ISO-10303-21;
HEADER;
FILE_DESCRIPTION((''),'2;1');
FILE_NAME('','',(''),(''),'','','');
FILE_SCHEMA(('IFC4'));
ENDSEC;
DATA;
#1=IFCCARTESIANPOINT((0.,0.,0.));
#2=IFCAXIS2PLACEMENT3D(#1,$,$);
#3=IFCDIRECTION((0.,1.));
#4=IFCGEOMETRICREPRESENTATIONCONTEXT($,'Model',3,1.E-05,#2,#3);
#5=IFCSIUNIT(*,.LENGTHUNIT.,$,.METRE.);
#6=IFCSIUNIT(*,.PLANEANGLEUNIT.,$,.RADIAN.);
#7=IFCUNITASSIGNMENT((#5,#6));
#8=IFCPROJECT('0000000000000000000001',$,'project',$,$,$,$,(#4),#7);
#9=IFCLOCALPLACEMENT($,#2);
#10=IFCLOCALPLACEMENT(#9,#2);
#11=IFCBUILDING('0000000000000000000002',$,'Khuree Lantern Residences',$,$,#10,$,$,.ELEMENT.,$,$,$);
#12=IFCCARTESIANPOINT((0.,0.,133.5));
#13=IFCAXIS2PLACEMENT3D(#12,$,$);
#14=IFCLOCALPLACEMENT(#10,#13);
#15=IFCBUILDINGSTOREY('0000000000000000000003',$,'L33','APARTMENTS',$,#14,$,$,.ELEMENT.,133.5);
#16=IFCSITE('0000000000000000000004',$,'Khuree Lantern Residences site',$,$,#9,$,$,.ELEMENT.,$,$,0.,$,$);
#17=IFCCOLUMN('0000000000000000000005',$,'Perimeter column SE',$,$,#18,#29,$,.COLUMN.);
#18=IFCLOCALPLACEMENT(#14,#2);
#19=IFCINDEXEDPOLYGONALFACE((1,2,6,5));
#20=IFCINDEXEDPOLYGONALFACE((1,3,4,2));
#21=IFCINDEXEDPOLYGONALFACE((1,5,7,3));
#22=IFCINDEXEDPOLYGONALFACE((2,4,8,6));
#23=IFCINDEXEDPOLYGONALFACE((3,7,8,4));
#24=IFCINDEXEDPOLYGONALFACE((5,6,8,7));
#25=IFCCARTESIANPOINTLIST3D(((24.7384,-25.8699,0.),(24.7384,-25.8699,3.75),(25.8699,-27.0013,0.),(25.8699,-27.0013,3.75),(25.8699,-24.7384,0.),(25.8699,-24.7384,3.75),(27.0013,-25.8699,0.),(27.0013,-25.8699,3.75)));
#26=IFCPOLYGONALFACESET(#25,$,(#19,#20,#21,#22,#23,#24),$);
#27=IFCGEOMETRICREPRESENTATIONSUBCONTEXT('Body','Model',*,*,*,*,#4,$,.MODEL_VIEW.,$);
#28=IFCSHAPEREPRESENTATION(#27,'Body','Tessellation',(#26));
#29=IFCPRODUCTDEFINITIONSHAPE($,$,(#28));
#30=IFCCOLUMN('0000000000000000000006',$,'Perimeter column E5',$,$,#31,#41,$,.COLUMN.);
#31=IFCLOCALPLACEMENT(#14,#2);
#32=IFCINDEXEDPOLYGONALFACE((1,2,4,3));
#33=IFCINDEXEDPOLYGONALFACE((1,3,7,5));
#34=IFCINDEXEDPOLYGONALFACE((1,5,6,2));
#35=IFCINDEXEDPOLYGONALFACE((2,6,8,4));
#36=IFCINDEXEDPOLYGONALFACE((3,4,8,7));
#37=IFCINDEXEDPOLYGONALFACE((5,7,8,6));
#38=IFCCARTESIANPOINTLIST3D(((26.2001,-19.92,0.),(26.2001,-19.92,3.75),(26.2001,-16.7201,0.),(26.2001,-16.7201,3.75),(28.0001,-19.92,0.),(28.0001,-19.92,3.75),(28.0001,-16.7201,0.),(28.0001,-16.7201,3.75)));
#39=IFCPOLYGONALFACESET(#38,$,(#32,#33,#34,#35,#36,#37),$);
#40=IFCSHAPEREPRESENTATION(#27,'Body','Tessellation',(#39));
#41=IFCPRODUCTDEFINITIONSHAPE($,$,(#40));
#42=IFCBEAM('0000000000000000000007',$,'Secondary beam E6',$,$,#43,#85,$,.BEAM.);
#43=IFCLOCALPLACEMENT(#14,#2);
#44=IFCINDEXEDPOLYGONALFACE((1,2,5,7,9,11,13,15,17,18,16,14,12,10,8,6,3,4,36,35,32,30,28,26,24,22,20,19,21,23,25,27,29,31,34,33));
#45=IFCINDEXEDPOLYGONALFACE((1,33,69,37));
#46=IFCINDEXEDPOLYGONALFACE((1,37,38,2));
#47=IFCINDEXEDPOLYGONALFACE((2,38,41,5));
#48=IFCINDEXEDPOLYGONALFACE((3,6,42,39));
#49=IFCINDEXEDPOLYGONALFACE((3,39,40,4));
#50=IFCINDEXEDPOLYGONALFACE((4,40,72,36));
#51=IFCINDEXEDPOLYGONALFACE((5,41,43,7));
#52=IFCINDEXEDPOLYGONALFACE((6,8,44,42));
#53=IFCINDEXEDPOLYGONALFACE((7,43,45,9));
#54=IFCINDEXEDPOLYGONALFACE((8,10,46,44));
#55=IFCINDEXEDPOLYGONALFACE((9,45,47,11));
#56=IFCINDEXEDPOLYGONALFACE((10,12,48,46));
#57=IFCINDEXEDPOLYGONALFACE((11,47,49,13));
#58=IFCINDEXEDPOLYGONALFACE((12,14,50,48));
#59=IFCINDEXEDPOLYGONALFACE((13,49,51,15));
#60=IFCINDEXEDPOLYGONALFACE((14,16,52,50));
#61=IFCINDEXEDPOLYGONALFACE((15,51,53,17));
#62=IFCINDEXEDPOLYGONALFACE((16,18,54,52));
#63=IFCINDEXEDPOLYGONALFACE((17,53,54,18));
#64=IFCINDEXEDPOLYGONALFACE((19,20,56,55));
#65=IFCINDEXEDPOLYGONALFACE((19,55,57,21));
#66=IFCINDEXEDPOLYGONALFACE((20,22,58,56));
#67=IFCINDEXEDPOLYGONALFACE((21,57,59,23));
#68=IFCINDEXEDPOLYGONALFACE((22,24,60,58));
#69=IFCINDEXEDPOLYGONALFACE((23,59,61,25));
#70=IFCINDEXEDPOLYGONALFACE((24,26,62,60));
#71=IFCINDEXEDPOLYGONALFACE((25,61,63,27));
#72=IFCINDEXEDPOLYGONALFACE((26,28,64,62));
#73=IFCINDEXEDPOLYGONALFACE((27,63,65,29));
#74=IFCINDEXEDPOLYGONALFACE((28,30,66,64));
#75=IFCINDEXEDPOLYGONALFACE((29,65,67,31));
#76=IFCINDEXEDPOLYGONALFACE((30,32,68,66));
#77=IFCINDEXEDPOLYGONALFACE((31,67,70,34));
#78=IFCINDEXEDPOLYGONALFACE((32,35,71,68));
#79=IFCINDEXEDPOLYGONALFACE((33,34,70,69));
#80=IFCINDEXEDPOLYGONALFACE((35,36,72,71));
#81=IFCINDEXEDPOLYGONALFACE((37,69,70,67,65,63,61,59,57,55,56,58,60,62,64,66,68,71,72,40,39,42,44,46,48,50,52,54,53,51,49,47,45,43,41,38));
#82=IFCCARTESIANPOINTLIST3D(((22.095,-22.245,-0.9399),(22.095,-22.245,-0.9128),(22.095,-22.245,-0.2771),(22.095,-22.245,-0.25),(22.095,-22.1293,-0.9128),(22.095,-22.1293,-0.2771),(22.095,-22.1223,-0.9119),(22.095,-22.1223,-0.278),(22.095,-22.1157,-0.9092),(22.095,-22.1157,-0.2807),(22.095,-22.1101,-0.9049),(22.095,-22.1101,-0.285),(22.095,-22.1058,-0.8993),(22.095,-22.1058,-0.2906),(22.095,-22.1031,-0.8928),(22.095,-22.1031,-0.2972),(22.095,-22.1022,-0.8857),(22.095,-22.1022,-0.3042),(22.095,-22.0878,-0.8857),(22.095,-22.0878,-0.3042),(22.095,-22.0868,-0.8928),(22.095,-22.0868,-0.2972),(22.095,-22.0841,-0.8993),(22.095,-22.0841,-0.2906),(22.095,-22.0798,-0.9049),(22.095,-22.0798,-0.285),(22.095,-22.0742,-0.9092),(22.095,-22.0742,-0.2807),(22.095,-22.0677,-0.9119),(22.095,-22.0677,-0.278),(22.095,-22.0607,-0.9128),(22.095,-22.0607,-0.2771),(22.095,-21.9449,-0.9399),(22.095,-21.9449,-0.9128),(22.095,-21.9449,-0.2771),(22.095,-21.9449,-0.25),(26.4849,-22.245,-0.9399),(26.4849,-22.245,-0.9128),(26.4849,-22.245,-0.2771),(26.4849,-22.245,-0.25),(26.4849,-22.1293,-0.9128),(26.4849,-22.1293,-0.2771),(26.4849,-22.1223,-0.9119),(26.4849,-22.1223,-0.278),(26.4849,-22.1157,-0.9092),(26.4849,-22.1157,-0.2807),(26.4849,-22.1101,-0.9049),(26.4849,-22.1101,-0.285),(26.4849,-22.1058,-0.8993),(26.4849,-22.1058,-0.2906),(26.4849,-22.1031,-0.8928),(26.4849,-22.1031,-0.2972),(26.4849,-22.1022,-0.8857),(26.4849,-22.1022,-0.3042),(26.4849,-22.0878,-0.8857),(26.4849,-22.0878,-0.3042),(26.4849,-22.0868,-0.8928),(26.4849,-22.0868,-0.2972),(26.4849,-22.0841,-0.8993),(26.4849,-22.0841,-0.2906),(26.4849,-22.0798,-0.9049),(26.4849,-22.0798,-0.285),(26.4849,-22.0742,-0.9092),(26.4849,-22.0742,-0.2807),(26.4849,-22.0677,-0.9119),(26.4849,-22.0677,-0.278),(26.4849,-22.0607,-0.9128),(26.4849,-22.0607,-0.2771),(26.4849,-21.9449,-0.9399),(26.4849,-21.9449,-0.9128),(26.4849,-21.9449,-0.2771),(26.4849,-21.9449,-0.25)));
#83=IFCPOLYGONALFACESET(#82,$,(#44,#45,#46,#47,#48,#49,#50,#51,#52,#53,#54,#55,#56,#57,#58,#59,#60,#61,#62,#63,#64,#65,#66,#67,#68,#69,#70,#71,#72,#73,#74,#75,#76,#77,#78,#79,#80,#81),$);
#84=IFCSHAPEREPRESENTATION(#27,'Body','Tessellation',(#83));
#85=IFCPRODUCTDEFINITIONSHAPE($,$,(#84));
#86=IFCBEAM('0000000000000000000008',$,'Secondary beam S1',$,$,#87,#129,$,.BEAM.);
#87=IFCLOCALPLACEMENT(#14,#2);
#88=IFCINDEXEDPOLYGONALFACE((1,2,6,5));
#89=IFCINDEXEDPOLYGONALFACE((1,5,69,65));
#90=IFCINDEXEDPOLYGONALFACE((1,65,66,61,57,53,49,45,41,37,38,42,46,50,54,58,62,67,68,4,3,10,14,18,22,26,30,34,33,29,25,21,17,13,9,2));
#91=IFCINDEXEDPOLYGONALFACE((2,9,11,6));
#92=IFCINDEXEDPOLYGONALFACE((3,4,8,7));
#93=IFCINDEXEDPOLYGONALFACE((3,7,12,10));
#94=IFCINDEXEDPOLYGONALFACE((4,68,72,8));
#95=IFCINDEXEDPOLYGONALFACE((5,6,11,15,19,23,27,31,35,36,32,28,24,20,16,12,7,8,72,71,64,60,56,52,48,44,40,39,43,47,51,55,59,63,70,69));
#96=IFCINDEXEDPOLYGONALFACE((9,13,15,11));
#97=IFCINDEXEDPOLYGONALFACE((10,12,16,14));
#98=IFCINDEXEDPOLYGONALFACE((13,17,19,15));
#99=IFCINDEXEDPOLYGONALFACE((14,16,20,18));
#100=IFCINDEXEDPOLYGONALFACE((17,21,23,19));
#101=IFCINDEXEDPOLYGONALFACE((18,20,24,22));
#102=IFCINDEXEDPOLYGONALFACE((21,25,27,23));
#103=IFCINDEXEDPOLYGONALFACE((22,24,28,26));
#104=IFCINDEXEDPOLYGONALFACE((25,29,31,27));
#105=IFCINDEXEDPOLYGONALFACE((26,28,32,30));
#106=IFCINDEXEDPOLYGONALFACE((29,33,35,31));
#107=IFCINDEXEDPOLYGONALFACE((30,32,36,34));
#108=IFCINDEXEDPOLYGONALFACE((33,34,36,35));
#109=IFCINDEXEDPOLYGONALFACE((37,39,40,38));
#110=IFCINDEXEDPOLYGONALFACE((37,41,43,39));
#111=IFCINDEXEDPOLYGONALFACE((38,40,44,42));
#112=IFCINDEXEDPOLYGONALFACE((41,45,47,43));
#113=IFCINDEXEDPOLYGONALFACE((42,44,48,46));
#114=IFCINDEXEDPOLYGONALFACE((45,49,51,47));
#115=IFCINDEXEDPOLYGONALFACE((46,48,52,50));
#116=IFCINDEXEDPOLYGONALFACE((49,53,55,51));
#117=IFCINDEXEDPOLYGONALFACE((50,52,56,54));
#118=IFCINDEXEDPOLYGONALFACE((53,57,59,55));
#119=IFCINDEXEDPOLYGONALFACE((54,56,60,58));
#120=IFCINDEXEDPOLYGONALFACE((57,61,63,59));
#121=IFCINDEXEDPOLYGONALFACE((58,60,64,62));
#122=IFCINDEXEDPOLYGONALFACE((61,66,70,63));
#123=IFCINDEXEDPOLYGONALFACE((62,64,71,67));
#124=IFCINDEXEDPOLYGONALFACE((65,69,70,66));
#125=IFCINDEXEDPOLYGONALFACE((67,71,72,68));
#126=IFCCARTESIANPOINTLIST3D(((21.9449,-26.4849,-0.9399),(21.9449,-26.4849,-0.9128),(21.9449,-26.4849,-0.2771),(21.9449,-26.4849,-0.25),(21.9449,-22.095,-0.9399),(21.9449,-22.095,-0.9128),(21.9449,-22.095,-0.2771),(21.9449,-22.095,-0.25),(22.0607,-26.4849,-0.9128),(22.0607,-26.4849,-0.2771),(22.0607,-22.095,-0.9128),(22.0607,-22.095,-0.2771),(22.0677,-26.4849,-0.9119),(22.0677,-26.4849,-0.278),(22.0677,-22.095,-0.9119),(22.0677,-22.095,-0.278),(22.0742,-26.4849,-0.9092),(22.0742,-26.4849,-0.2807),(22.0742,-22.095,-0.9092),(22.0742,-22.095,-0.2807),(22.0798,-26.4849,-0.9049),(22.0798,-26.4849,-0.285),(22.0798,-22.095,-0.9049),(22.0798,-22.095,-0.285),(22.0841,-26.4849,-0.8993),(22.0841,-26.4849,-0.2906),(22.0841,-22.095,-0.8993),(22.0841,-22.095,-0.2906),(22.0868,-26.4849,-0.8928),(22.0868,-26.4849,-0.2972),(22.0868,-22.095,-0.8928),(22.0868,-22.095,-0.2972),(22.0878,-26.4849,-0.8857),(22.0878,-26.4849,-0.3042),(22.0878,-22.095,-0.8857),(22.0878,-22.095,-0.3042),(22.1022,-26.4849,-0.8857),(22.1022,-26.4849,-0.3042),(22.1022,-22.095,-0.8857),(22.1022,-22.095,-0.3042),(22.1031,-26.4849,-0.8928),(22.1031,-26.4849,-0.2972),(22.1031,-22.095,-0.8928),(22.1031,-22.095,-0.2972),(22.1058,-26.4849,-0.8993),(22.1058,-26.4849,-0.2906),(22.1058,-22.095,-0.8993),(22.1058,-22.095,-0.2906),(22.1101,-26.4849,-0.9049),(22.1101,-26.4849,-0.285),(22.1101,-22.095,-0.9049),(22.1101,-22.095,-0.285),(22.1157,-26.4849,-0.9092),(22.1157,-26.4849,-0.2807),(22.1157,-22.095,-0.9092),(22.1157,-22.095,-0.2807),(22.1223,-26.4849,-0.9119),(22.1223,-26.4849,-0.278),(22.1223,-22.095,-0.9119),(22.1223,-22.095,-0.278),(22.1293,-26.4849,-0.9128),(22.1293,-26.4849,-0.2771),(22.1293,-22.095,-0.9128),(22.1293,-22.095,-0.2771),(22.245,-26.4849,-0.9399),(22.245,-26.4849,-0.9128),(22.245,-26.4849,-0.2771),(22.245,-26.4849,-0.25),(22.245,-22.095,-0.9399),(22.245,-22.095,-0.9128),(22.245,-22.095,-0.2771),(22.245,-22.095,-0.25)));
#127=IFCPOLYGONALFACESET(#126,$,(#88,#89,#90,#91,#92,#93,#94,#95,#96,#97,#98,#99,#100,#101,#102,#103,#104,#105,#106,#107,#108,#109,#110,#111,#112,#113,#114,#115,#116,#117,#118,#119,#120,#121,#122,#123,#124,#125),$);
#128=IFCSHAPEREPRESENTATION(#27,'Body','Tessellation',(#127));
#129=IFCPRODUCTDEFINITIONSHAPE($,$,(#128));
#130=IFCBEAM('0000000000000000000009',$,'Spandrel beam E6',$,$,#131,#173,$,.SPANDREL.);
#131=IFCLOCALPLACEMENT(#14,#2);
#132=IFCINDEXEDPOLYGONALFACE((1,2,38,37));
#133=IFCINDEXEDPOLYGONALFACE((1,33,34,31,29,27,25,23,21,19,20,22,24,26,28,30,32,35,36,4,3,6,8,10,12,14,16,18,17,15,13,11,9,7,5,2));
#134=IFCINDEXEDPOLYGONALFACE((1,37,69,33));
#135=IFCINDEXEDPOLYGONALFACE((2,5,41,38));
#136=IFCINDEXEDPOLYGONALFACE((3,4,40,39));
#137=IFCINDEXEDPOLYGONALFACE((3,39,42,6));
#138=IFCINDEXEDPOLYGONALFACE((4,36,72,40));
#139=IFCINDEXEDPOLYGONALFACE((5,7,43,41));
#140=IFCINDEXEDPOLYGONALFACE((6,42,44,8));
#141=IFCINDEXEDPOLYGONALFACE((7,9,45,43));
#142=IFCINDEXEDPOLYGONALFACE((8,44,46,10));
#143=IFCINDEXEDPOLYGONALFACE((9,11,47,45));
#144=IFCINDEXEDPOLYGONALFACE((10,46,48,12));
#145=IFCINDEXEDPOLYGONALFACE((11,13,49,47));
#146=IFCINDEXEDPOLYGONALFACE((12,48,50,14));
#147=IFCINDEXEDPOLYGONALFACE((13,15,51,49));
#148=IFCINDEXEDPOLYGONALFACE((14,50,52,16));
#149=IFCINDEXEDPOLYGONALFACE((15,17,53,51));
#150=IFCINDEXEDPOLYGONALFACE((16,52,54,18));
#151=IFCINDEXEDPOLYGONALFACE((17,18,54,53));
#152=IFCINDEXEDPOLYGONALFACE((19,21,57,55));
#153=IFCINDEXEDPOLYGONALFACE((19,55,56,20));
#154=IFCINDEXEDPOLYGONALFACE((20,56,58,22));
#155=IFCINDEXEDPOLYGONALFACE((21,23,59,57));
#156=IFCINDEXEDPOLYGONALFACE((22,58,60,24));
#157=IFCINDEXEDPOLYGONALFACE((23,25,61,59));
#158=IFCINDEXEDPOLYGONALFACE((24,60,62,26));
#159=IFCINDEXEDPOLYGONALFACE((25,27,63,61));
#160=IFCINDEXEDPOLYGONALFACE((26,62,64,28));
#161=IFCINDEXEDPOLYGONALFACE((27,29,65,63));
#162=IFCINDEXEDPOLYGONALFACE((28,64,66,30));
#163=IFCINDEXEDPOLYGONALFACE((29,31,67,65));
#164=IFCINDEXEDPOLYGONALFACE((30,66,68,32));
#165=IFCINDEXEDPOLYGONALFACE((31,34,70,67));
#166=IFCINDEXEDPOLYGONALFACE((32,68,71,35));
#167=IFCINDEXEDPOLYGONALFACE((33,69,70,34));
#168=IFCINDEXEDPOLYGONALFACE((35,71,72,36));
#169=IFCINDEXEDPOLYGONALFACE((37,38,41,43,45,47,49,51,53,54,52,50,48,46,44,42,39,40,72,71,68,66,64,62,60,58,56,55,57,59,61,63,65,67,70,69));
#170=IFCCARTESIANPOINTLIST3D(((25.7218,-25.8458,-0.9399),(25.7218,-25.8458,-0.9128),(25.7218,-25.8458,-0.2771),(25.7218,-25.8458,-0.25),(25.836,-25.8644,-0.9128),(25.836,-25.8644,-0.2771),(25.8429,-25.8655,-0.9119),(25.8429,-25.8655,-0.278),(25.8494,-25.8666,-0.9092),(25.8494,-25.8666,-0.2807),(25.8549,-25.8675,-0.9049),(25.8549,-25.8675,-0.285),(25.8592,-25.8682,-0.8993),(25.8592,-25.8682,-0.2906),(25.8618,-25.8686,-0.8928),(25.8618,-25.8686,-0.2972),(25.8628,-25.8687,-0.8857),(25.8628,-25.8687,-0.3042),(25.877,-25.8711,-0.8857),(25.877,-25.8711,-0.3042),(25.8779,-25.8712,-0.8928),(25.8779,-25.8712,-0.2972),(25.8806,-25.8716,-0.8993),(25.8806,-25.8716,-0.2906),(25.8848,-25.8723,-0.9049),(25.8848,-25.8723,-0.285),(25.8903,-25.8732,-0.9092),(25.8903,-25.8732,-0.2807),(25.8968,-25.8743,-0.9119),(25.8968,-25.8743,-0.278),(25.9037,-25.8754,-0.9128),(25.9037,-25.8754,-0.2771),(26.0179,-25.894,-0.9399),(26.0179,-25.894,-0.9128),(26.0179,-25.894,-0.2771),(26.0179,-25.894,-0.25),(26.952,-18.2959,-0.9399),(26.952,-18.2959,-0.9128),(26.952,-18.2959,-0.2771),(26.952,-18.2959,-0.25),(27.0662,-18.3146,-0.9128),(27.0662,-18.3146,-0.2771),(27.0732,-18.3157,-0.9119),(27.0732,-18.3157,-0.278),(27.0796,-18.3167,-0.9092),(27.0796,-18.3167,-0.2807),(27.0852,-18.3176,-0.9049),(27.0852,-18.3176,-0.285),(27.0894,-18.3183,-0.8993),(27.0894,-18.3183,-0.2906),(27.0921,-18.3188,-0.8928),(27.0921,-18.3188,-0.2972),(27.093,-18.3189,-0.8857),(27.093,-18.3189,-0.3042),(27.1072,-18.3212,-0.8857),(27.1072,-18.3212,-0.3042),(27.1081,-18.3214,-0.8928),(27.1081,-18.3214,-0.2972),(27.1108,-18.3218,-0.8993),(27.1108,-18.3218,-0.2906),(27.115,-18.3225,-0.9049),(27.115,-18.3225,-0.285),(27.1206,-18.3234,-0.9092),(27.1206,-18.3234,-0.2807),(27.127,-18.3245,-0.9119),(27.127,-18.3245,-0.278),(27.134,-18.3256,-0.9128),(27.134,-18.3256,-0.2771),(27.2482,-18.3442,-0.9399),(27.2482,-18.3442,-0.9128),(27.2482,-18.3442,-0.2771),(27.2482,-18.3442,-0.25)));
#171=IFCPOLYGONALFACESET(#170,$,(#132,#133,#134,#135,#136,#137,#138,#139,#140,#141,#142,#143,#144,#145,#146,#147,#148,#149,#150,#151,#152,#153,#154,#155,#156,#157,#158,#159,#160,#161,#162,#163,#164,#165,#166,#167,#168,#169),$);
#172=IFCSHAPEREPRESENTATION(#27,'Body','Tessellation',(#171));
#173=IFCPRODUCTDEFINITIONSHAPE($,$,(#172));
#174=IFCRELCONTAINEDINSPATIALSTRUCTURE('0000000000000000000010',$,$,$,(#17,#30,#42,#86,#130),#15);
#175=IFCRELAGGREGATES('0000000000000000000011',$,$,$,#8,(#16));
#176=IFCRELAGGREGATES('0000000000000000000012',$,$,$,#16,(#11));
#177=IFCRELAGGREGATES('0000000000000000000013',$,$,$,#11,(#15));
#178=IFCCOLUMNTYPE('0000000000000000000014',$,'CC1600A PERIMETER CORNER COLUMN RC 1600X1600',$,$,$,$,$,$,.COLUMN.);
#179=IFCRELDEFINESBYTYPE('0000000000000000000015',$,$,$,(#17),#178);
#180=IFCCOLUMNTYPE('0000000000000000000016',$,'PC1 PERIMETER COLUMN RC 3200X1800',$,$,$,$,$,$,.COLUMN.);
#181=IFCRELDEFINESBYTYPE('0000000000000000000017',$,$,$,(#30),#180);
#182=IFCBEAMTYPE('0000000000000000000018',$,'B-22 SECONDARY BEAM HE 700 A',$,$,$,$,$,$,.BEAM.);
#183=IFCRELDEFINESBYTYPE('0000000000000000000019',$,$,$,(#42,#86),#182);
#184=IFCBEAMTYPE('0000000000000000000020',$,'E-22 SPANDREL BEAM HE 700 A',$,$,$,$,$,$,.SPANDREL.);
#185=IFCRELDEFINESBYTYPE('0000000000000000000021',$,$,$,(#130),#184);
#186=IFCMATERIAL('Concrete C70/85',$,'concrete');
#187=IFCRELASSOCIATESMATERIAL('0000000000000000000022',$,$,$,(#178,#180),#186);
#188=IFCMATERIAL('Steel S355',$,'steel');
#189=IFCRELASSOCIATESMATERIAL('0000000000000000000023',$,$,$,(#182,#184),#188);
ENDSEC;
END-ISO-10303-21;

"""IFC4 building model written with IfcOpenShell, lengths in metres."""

from ifc_helpers import new_model, si_unit, direction, frame, origin, origin_2d, place, context, subcontext, project, spatial, rectangle, i_section, extrude, material, material_profile, profile_set, type_object, element, save


model = new_model("IFC4")

# Units and contexts
model_context = context("Model", 3, precision=1e-05, world=origin(), true_north=direction((0.0, 1.0)))
body_context = subcontext(model_context, "Body", "Model", "MODEL_VIEW")
ifc_project = project(units=[si_unit("LENGTHUNIT", "METRE"), si_unit("PLANEANGLEUNIT", "RADIAN")], contexts=[model_context])

# Site, building, storey
site_placement = place(None, origin())
site = spatial("IfcSite", under=ifc_project, at=site_placement, Name="Khuree Lantern Residences site", CompositionType="ELEMENT", RefElevation=0.0)
building_placement = place(site_placement, origin())
building = spatial("IfcBuilding", under=site, at=building_placement, Name="Khuree Lantern Residences", CompositionType="ELEMENT")
storey_placement = place(building_placement, frame((0.0, 0.0, 133.5)))
storey = spatial("IfcBuildingStorey", under=building, at=storey_placement, Name="L33", Description="APARTMENTS", CompositionType="ELEMENT", Elevation=133.5)

# Columns
ifc_material_1 = material(Name="Concrete C70/85", Category="concrete")
ifc_material_profile_1 = material_profile(ifc_material_1, rectangle(XDim=1.6001, YDim=1.6001, at=origin_2d()), Name="RC 1600X1600")
ifc_profile_set_1 = profile_set([ifc_material_profile_1], Name="Concrete C70/85")
column_type_1 = type_object("IfcColumnType", Name="CC1600A PERIMETER CORNER COLUMN RC 1600X1600", PredefinedType="COLUMN", material=ifc_profile_set_1)
column_1_placement = place(storey_placement, frame((25.8699, -25.8699, 0.0), z_axis=(0.0, 0.0, 1.0), x_axis=(0.707107, 0.707107, 0.0)))
element("IfcColumn", 1, at=column_1_placement, inside=storey, type_object=column_type_1, Name="Perimeter column SE", PredefinedType="COLUMN", context=body_context, shape_type="SweptSolid", body=[
    extrude(rectangle(XDim=1.6001, YDim=1.6001, at=origin_2d()), origin(), (0.0, 0.0, 1.0), 3.75),
])
ifc_material_profile_2 = material_profile(ifc_material_1, rectangle(XDim=3.2, YDim=1.8, at=origin_2d()), Name="RC 3200X1800")
ifc_profile_set_2 = profile_set([ifc_material_profile_2], Name="Concrete C70/85")
column_type_2 = type_object("IfcColumnType", Name="PC1 PERIMETER COLUMN RC 3200X1800", PredefinedType="COLUMN", material=ifc_profile_set_2)
column_2_placement = place(storey_placement, frame((27.1001, -18.3201, 0.0), z_axis=(0.0, 0.0, 1.0), x_axis=(0.0, 1.0, 0.0)))
element("IfcColumn", 2, at=column_2_placement, inside=storey, type_object=column_type_2, Name="Perimeter column E5", PredefinedType="COLUMN", context=body_context, shape_type="SweptSolid", body=[
    extrude(rectangle(XDim=3.2, YDim=1.8, at=origin_2d()), origin(), (0.0, 0.0, 1.0), 3.75),
])

# Beams
ifc_material_2 = material(Name="Steel S355", Category="steel")
ifc_material_profile_3 = material_profile(ifc_material_2, i_section(OverallWidth=0.3, OverallDepth=0.6899, WebThickness=0.0144, FlangeThickness=0.0271, FilletRadius=0.0271, at=origin_2d()), Name="HE 700 A")
ifc_profile_set_3 = profile_set([ifc_material_profile_3], Name="Steel S355")
beam_type_1 = type_object("IfcBeamType", Name="B-22 SECONDARY BEAM HE 700 A", PredefinedType="BEAM", material=ifc_profile_set_3)
for number, where, z_axis, x_axis, name in (
    (3, (26.4849, -22.095, -0.595), (-1.0, 0.0, 0.0), (0.0, -1.0, 0.0), "Secondary beam E6"),
    (4, (22.095, -26.4849, -0.595), (0.0, 1.0, 0.0), (-1.0, 0.0, 0.0), "Secondary beam S1"),
):
    element("IfcBeam", number, at=place(storey_placement, frame(where, z_axis=z_axis, x_axis=x_axis)), inside=storey, type_object=beam_type_1, Name=name, PredefinedType="BEAM", context=body_context, shape_type="SweptSolid", body=[
        extrude(i_section(OverallWidth=0.3, OverallDepth=0.6899, WebThickness=0.0144, FlangeThickness=0.0271, FilletRadius=0.0271, at=origin_2d()), origin(), (0.0, 0.0, 1.0), 4.3899),
    ])
ifc_material_profile_4 = material_profile(ifc_material_2, i_section(OverallWidth=0.3, OverallDepth=0.6899, WebThickness=0.0144, FlangeThickness=0.0271, FilletRadius=0.0271, at=origin_2d()), Name="HE 700 A")
ifc_profile_set_4 = profile_set([ifc_material_profile_4], Name="Steel S355")
beam_type_2 = type_object("IfcBeamType", Name="E-22 SPANDREL BEAM HE 700 A", PredefinedType="SPANDREL", material=ifc_profile_set_4)
for number, where, z_axis, x_axis, name in (
    (5, (27.1001, -18.3201, -0.595), (-0.160827, -0.986983, 0.0), (0.986983, -0.160827, 0.0), "Spandrel beam E6"),
):
    element("IfcBeam", number, at=place(storey_placement, frame(where, z_axis=z_axis, x_axis=x_axis)), inside=storey, type_object=beam_type_2, Name=name, PredefinedType="SPANDREL", context=body_context, shape_type="SweptSolid", body=[
        extrude(i_section(OverallWidth=0.3, OverallDepth=0.6899, WebThickness=0.0144, FlangeThickness=0.0271, FilletRadius=0.0271, at=origin_2d()), origin(), (0.0, 0.0, 1.0), 7.6494),
    ])

save(model, "model.ifc")
